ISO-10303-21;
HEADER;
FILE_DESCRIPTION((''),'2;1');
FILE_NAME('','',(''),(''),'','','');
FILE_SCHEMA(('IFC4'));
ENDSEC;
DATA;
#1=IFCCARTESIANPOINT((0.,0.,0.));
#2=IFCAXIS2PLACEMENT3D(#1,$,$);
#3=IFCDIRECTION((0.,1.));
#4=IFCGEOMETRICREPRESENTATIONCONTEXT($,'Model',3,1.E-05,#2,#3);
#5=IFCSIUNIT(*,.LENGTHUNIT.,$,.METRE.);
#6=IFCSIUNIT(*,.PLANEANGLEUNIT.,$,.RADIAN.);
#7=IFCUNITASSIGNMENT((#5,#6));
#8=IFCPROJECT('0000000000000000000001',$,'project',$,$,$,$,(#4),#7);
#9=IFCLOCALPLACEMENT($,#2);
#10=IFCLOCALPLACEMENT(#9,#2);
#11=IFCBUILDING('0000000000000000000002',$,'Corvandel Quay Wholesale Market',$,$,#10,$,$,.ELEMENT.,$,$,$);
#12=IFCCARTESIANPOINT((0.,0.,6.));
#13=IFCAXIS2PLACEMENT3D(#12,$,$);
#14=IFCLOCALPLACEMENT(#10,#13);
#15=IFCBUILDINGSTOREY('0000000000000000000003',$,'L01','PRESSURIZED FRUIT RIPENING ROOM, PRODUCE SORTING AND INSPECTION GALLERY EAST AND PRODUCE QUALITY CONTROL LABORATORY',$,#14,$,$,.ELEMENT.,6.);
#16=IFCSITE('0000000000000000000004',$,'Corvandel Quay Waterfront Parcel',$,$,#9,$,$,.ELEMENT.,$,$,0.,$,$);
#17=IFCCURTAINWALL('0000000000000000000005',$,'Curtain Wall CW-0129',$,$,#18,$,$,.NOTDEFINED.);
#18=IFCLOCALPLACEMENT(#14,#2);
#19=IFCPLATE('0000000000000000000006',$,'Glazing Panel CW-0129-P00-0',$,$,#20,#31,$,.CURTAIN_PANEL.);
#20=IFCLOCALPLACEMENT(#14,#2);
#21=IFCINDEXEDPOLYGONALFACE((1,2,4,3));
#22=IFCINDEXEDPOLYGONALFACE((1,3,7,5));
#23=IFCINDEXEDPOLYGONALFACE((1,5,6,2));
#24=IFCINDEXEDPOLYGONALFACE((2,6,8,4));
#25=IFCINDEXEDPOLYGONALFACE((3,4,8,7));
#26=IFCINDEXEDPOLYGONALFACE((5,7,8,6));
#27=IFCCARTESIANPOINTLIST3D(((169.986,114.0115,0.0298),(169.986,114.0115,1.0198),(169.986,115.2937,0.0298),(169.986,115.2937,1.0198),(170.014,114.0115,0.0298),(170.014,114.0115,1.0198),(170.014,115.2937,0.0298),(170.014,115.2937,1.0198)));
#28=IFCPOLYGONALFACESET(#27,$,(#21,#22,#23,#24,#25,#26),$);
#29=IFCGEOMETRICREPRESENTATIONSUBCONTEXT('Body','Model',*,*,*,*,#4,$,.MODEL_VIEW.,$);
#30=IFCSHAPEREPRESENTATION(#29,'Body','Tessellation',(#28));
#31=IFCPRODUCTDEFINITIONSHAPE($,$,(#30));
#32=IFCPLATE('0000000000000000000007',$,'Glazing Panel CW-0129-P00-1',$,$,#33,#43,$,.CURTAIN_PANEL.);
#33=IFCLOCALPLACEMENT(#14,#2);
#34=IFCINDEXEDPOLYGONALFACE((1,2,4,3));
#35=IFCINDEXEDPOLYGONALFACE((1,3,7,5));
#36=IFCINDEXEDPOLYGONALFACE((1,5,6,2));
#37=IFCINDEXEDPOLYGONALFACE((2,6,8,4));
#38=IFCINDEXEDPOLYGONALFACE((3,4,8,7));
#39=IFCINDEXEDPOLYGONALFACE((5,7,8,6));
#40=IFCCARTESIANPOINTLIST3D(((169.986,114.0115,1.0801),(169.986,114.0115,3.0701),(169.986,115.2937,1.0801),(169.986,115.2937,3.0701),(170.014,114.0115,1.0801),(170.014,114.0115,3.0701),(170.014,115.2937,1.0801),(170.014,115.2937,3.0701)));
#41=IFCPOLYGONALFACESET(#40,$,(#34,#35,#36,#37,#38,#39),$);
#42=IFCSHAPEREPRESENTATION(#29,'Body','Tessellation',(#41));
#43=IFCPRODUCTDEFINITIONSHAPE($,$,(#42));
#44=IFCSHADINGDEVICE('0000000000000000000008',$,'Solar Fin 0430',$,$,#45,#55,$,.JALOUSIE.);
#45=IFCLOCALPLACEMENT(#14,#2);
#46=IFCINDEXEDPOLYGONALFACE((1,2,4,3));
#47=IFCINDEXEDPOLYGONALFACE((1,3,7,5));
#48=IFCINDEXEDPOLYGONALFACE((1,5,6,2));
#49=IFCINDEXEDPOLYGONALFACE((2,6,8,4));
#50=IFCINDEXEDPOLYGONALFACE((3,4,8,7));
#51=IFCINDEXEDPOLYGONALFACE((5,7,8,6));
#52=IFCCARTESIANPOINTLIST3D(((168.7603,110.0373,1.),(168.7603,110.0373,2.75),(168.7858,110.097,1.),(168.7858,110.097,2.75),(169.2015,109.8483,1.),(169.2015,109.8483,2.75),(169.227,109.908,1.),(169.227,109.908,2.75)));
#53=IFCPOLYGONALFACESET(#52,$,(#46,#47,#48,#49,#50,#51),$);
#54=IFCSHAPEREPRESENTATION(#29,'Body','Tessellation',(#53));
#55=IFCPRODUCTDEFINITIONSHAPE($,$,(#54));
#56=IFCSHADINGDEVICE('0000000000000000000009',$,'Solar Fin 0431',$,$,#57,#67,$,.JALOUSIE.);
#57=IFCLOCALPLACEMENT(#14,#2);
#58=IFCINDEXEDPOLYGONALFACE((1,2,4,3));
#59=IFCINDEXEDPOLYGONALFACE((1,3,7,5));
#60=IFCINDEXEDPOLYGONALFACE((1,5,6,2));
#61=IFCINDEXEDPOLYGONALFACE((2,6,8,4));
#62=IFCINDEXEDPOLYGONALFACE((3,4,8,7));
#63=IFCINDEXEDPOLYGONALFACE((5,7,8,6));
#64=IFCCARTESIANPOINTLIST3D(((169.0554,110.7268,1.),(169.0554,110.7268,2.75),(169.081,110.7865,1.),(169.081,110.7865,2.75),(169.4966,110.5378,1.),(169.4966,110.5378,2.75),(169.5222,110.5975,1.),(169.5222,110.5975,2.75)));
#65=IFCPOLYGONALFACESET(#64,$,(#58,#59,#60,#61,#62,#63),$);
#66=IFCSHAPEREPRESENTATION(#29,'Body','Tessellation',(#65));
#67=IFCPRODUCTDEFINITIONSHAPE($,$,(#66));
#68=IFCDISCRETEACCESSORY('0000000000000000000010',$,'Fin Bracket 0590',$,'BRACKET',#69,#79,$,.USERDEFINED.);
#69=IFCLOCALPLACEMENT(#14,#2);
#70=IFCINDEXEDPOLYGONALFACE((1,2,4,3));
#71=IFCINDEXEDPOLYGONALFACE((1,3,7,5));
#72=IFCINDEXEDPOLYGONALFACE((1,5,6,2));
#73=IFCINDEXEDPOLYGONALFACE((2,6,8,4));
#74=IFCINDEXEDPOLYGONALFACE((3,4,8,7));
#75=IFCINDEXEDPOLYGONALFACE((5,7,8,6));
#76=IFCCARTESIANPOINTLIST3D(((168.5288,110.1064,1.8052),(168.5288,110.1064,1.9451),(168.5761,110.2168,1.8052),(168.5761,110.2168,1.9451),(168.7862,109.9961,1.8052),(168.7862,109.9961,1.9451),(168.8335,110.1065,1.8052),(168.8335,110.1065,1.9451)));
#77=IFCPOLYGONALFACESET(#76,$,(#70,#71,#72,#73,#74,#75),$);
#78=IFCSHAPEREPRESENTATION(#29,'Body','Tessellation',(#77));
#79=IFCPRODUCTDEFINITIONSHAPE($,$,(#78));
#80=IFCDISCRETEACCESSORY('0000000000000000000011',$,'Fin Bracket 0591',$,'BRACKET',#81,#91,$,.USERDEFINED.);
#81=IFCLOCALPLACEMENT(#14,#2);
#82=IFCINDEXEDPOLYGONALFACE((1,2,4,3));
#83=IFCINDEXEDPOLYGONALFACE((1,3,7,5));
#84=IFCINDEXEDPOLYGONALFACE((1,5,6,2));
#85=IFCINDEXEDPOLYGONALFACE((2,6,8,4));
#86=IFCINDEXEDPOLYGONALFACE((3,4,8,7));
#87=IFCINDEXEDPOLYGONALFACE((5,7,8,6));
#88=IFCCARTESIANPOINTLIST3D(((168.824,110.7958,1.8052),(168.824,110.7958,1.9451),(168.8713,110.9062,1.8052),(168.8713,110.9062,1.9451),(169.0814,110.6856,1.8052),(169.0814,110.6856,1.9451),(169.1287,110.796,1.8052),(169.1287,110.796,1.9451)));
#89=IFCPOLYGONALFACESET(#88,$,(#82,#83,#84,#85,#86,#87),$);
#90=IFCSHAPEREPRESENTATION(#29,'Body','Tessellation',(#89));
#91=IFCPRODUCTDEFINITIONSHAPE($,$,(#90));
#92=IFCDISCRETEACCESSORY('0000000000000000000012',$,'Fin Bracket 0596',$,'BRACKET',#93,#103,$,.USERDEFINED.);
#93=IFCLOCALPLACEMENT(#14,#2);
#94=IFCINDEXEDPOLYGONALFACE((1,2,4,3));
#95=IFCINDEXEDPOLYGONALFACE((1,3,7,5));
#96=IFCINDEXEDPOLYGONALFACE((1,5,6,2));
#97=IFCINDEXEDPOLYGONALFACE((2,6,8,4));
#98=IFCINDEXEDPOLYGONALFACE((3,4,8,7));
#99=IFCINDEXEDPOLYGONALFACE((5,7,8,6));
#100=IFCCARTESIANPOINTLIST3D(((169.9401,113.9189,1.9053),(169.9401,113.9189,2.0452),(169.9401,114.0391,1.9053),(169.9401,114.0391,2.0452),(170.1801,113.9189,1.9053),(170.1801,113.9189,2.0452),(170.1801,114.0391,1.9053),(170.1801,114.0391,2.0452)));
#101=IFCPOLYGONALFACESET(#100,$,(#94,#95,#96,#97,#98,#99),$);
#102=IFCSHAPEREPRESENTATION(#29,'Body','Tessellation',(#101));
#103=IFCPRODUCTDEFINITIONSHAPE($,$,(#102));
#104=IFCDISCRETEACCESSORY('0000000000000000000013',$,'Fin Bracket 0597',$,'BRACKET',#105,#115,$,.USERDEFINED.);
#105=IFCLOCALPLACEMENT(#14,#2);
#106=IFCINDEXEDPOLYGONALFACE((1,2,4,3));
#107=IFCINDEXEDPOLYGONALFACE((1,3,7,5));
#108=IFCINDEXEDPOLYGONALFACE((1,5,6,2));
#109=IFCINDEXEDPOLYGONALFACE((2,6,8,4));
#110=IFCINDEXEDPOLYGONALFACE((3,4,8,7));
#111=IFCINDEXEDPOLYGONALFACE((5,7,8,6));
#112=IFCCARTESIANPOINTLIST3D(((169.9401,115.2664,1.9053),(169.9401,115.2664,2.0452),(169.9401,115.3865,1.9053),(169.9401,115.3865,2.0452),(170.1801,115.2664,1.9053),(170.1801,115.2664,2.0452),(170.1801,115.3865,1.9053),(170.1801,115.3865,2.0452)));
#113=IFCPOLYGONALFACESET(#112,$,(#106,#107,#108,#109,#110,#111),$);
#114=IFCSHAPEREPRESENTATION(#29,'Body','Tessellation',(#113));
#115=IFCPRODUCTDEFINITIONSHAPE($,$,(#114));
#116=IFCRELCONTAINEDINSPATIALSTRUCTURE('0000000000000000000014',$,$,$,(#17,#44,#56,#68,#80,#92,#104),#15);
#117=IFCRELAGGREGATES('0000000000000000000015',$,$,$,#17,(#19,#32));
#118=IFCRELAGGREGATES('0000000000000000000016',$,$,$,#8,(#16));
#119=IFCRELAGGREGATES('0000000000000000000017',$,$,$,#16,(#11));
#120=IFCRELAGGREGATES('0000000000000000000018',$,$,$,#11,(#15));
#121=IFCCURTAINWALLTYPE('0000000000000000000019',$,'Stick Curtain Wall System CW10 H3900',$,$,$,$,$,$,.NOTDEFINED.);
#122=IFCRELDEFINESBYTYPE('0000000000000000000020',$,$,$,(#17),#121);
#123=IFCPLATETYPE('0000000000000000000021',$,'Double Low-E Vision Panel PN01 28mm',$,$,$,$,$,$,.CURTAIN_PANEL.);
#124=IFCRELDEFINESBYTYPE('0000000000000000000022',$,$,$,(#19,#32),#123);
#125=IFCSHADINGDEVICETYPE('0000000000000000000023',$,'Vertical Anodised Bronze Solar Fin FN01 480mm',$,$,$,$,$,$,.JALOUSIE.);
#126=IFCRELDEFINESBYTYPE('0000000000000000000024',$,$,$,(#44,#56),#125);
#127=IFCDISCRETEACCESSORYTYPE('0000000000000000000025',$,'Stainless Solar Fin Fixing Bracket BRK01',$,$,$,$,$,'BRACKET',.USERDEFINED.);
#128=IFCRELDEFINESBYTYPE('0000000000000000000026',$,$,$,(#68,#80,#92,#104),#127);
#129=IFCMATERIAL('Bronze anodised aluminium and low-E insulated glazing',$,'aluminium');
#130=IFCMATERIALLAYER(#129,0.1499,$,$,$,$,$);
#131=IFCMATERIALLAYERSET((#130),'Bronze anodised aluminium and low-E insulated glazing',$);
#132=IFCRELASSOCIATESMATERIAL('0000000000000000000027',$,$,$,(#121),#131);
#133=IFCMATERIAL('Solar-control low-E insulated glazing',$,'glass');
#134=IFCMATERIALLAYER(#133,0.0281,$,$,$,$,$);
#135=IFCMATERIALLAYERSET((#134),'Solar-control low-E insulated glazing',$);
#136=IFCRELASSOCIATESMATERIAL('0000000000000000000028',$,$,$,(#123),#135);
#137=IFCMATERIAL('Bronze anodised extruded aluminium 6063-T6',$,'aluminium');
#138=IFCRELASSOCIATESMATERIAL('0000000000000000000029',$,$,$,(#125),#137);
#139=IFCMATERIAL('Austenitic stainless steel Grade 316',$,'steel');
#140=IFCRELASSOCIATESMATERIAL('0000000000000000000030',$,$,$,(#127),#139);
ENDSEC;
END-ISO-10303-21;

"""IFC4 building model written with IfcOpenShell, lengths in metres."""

from ifc_helpers import new_model, si_unit, direction, frame, origin, origin_2d, place, context, subcontext, project, spatial, rectangle, extrude, material, layer, layer_set, type_object, element, aggregate, save


model = new_model("IFC4")

# Units and contexts
model_context = context("Model", 3, precision=1e-05, world=origin(), true_north=direction((0.0, 1.0)))
body_context = subcontext(model_context, "Body", "Model", "MODEL_VIEW")
ifc_project = project(units=[si_unit("LENGTHUNIT", "METRE"), si_unit("PLANEANGLEUNIT", "RADIAN")], contexts=[model_context])

# Site, building, storey
site_placement = place(None, origin())
site = spatial("IfcSite", under=ifc_project, at=site_placement, Name="Corvandel Quay Waterfront Parcel", CompositionType="ELEMENT", RefElevation=0.0)
building_placement = place(site_placement, origin())
building = spatial("IfcBuilding", under=site, at=building_placement, Name="Corvandel Quay Wholesale Market", CompositionType="ELEMENT")
storey_placement = place(building_placement, frame((0.0, 0.0, 6.0)))
storey = spatial("IfcBuildingStorey", under=building, at=storey_placement, Name="L01", Description="PRESSURIZED FRUIT RIPENING ROOM, PRODUCE SORTING AND INSPECTION GALLERY EAST AND PRODUCE QUALITY CONTROL LABORATORY", CompositionType="ELEMENT", Elevation=6.0)

# Curtain wall
ifc_material_1 = material(Name="Bronze anodised aluminium and low-E insulated glazing", Category="aluminium")
ifc_layer_1 = layer(ifc_material_1, 0.1499)
ifc_layer_set_1 = layer_set([ifc_layer_1], Name="Bronze anodised aluminium and low-E insulated glazing")
curtain_wall_type = type_object("IfcCurtainWallType", Name="Stick Curtain Wall System CW10 H3900", PredefinedType="NOTDEFINED", material=ifc_layer_set_1)
curtain_wall_placement = place(storey_placement, origin())
curtain_wall = element("IfcCurtainWall", 1, at=curtain_wall_placement, inside=storey, type_object=curtain_wall_type, Name="Curtain Wall CW-0129", PredefinedType="NOTDEFINED")

# Plates
ifc_material_2 = material(Name="Solar-control low-E insulated glazing", Category="glass")
ifc_layer_2 = layer(ifc_material_2, 0.0281)
ifc_layer_set_2 = layer_set([ifc_layer_2], Name="Solar-control low-E insulated glazing")
plate_type_1 = type_object("IfcPlateType", Name="Double Low-E Vision Panel PN01 28mm", PredefinedType="CURTAIN_PANEL", material=ifc_layer_set_2)
plate_1_placement = place(storey_placement, frame((170.0, 114.6526, 0.0298), z_axis=(0.0, 0.0, 1.0), x_axis=(0.0, 1.0, 0.0)))
plate_1 = element("IfcPlate", 2, at=plate_1_placement, type_object=plate_type_1, Name="Glazing Panel CW-0129-P00-0", PredefinedType="CURTAIN_PANEL", context=body_context, shape_type="SweptSolid", body=[
    extrude(rectangle(XDim=1.2822, YDim=0.0281, at=origin_2d()), origin(), (0.0, 0.0, 1.0), 0.99),
])
plate_2_placement = place(storey_placement, frame((170.0, 114.6526, 1.0801), z_axis=(0.0, 0.0, 1.0), x_axis=(0.0, 1.0, 0.0)))
plate_2 = element("IfcPlate", 3, at=plate_2_placement, type_object=plate_type_1, Name="Glazing Panel CW-0129-P00-1", PredefinedType="CURTAIN_PANEL", context=body_context, shape_type="SweptSolid", body=[
    extrude(rectangle(XDim=1.2822, YDim=0.0281, at=origin_2d()), origin(), (0.0, 0.0, 1.0), 1.99),
])
aggregate(curtain_wall, [plate_1, plate_2])

# Shading devices
ifc_material_3 = material(Name="Bronze anodised extruded aluminium 6063-T6", Category="aluminium")
shading_device_type = type_object("IfcShadingDeviceType", Name="Vertical Anodised Bronze Solar Fin FN01 480mm", PredefinedType="JALOUSIE", material=ifc_material_3)
for number, where, z_axis, x_axis, name in (
    (4, (168.9937, 109.9727, 1.0), (0.0, 0.0, 1.0), (-0.919204, 0.393781, 0.0), "Solar Fin 0430"),
    (5, (169.2888, 110.6621, 1.0), (0.0, 0.0, 1.0), (-0.919204, 0.393781, 0.0), "Solar Fin 0431"),
):
    element("IfcShadingDevice", number, at=place(storey_placement, frame(where, z_axis=z_axis, x_axis=x_axis)), inside=storey, type_object=shading_device_type, Name=name, PredefinedType="JALOUSIE", context=body_context, shape_type="SweptSolid", body=[
        extrude(rectangle(XDim=0.48, YDim=0.0649, at=origin_2d()), origin(), (0.0, 0.0, 1.0), 1.75),
    ])

# Discrete accessories
ifc_material_4 = material(Name="Austenitic stainless steel Grade 316", Category="steel")
discrete_accessory_type = type_object("IfcDiscreteAccessoryType", Name="Stainless Solar Fin Fixing Bracket BRK01", ElementType="BRACKET", PredefinedType="USERDEFINED", material=ifc_material_4)
for number, where, z_axis, x_axis, name in (
    (6, (168.6812, 110.1064, 1.8052), (0.0, 0.0, 1.0), (-0.919204, 0.393781, 0.0), "Fin Bracket 0590"),
    (7, (168.9763, 110.7959, 1.8052), (0.0, 0.0, 1.0), (-0.919204, 0.393781, 0.0), "Fin Bracket 0591"),
):
    element("IfcDiscreteAccessory", number, at=place(storey_placement, frame(where, z_axis=z_axis, x_axis=x_axis)), inside=storey, type_object=discrete_accessory_type, Name=name, ObjectType="BRACKET", PredefinedType="USERDEFINED", context=body_context, shape_type="SweptSolid", body=[
        extrude(rectangle(XDim=0.28, YDim=0.1201, at=origin_2d()), origin(), (0.0, 0.0, 1.0), 0.1399),
    ])
for number, where, z_axis, x_axis, name in (
    (8, (170.0601, 113.979, 1.9053), (0.0, 0.0, 1.0), (1.0, 0.0, 0.0), "Fin Bracket 0596"),
    (9, (170.0601, 115.3264, 1.9053), (0.0, 0.0, 1.0), (1.0, 0.0, 0.0), "Fin Bracket 0597"),
):
    element("IfcDiscreteAccessory", number, at=place(storey_placement, frame(where, z_axis=z_axis, x_axis=x_axis)), inside=storey, type_object=discrete_accessory_type, Name=name, ObjectType="BRACKET", PredefinedType="USERDEFINED", context=body_context, shape_type="SweptSolid", body=[
        extrude(rectangle(XDim=0.24, YDim=0.1201, at=origin_2d()), origin(), (0.0, 0.0, 1.0), 0.1399),
    ])

save(model, "model.ifc")
